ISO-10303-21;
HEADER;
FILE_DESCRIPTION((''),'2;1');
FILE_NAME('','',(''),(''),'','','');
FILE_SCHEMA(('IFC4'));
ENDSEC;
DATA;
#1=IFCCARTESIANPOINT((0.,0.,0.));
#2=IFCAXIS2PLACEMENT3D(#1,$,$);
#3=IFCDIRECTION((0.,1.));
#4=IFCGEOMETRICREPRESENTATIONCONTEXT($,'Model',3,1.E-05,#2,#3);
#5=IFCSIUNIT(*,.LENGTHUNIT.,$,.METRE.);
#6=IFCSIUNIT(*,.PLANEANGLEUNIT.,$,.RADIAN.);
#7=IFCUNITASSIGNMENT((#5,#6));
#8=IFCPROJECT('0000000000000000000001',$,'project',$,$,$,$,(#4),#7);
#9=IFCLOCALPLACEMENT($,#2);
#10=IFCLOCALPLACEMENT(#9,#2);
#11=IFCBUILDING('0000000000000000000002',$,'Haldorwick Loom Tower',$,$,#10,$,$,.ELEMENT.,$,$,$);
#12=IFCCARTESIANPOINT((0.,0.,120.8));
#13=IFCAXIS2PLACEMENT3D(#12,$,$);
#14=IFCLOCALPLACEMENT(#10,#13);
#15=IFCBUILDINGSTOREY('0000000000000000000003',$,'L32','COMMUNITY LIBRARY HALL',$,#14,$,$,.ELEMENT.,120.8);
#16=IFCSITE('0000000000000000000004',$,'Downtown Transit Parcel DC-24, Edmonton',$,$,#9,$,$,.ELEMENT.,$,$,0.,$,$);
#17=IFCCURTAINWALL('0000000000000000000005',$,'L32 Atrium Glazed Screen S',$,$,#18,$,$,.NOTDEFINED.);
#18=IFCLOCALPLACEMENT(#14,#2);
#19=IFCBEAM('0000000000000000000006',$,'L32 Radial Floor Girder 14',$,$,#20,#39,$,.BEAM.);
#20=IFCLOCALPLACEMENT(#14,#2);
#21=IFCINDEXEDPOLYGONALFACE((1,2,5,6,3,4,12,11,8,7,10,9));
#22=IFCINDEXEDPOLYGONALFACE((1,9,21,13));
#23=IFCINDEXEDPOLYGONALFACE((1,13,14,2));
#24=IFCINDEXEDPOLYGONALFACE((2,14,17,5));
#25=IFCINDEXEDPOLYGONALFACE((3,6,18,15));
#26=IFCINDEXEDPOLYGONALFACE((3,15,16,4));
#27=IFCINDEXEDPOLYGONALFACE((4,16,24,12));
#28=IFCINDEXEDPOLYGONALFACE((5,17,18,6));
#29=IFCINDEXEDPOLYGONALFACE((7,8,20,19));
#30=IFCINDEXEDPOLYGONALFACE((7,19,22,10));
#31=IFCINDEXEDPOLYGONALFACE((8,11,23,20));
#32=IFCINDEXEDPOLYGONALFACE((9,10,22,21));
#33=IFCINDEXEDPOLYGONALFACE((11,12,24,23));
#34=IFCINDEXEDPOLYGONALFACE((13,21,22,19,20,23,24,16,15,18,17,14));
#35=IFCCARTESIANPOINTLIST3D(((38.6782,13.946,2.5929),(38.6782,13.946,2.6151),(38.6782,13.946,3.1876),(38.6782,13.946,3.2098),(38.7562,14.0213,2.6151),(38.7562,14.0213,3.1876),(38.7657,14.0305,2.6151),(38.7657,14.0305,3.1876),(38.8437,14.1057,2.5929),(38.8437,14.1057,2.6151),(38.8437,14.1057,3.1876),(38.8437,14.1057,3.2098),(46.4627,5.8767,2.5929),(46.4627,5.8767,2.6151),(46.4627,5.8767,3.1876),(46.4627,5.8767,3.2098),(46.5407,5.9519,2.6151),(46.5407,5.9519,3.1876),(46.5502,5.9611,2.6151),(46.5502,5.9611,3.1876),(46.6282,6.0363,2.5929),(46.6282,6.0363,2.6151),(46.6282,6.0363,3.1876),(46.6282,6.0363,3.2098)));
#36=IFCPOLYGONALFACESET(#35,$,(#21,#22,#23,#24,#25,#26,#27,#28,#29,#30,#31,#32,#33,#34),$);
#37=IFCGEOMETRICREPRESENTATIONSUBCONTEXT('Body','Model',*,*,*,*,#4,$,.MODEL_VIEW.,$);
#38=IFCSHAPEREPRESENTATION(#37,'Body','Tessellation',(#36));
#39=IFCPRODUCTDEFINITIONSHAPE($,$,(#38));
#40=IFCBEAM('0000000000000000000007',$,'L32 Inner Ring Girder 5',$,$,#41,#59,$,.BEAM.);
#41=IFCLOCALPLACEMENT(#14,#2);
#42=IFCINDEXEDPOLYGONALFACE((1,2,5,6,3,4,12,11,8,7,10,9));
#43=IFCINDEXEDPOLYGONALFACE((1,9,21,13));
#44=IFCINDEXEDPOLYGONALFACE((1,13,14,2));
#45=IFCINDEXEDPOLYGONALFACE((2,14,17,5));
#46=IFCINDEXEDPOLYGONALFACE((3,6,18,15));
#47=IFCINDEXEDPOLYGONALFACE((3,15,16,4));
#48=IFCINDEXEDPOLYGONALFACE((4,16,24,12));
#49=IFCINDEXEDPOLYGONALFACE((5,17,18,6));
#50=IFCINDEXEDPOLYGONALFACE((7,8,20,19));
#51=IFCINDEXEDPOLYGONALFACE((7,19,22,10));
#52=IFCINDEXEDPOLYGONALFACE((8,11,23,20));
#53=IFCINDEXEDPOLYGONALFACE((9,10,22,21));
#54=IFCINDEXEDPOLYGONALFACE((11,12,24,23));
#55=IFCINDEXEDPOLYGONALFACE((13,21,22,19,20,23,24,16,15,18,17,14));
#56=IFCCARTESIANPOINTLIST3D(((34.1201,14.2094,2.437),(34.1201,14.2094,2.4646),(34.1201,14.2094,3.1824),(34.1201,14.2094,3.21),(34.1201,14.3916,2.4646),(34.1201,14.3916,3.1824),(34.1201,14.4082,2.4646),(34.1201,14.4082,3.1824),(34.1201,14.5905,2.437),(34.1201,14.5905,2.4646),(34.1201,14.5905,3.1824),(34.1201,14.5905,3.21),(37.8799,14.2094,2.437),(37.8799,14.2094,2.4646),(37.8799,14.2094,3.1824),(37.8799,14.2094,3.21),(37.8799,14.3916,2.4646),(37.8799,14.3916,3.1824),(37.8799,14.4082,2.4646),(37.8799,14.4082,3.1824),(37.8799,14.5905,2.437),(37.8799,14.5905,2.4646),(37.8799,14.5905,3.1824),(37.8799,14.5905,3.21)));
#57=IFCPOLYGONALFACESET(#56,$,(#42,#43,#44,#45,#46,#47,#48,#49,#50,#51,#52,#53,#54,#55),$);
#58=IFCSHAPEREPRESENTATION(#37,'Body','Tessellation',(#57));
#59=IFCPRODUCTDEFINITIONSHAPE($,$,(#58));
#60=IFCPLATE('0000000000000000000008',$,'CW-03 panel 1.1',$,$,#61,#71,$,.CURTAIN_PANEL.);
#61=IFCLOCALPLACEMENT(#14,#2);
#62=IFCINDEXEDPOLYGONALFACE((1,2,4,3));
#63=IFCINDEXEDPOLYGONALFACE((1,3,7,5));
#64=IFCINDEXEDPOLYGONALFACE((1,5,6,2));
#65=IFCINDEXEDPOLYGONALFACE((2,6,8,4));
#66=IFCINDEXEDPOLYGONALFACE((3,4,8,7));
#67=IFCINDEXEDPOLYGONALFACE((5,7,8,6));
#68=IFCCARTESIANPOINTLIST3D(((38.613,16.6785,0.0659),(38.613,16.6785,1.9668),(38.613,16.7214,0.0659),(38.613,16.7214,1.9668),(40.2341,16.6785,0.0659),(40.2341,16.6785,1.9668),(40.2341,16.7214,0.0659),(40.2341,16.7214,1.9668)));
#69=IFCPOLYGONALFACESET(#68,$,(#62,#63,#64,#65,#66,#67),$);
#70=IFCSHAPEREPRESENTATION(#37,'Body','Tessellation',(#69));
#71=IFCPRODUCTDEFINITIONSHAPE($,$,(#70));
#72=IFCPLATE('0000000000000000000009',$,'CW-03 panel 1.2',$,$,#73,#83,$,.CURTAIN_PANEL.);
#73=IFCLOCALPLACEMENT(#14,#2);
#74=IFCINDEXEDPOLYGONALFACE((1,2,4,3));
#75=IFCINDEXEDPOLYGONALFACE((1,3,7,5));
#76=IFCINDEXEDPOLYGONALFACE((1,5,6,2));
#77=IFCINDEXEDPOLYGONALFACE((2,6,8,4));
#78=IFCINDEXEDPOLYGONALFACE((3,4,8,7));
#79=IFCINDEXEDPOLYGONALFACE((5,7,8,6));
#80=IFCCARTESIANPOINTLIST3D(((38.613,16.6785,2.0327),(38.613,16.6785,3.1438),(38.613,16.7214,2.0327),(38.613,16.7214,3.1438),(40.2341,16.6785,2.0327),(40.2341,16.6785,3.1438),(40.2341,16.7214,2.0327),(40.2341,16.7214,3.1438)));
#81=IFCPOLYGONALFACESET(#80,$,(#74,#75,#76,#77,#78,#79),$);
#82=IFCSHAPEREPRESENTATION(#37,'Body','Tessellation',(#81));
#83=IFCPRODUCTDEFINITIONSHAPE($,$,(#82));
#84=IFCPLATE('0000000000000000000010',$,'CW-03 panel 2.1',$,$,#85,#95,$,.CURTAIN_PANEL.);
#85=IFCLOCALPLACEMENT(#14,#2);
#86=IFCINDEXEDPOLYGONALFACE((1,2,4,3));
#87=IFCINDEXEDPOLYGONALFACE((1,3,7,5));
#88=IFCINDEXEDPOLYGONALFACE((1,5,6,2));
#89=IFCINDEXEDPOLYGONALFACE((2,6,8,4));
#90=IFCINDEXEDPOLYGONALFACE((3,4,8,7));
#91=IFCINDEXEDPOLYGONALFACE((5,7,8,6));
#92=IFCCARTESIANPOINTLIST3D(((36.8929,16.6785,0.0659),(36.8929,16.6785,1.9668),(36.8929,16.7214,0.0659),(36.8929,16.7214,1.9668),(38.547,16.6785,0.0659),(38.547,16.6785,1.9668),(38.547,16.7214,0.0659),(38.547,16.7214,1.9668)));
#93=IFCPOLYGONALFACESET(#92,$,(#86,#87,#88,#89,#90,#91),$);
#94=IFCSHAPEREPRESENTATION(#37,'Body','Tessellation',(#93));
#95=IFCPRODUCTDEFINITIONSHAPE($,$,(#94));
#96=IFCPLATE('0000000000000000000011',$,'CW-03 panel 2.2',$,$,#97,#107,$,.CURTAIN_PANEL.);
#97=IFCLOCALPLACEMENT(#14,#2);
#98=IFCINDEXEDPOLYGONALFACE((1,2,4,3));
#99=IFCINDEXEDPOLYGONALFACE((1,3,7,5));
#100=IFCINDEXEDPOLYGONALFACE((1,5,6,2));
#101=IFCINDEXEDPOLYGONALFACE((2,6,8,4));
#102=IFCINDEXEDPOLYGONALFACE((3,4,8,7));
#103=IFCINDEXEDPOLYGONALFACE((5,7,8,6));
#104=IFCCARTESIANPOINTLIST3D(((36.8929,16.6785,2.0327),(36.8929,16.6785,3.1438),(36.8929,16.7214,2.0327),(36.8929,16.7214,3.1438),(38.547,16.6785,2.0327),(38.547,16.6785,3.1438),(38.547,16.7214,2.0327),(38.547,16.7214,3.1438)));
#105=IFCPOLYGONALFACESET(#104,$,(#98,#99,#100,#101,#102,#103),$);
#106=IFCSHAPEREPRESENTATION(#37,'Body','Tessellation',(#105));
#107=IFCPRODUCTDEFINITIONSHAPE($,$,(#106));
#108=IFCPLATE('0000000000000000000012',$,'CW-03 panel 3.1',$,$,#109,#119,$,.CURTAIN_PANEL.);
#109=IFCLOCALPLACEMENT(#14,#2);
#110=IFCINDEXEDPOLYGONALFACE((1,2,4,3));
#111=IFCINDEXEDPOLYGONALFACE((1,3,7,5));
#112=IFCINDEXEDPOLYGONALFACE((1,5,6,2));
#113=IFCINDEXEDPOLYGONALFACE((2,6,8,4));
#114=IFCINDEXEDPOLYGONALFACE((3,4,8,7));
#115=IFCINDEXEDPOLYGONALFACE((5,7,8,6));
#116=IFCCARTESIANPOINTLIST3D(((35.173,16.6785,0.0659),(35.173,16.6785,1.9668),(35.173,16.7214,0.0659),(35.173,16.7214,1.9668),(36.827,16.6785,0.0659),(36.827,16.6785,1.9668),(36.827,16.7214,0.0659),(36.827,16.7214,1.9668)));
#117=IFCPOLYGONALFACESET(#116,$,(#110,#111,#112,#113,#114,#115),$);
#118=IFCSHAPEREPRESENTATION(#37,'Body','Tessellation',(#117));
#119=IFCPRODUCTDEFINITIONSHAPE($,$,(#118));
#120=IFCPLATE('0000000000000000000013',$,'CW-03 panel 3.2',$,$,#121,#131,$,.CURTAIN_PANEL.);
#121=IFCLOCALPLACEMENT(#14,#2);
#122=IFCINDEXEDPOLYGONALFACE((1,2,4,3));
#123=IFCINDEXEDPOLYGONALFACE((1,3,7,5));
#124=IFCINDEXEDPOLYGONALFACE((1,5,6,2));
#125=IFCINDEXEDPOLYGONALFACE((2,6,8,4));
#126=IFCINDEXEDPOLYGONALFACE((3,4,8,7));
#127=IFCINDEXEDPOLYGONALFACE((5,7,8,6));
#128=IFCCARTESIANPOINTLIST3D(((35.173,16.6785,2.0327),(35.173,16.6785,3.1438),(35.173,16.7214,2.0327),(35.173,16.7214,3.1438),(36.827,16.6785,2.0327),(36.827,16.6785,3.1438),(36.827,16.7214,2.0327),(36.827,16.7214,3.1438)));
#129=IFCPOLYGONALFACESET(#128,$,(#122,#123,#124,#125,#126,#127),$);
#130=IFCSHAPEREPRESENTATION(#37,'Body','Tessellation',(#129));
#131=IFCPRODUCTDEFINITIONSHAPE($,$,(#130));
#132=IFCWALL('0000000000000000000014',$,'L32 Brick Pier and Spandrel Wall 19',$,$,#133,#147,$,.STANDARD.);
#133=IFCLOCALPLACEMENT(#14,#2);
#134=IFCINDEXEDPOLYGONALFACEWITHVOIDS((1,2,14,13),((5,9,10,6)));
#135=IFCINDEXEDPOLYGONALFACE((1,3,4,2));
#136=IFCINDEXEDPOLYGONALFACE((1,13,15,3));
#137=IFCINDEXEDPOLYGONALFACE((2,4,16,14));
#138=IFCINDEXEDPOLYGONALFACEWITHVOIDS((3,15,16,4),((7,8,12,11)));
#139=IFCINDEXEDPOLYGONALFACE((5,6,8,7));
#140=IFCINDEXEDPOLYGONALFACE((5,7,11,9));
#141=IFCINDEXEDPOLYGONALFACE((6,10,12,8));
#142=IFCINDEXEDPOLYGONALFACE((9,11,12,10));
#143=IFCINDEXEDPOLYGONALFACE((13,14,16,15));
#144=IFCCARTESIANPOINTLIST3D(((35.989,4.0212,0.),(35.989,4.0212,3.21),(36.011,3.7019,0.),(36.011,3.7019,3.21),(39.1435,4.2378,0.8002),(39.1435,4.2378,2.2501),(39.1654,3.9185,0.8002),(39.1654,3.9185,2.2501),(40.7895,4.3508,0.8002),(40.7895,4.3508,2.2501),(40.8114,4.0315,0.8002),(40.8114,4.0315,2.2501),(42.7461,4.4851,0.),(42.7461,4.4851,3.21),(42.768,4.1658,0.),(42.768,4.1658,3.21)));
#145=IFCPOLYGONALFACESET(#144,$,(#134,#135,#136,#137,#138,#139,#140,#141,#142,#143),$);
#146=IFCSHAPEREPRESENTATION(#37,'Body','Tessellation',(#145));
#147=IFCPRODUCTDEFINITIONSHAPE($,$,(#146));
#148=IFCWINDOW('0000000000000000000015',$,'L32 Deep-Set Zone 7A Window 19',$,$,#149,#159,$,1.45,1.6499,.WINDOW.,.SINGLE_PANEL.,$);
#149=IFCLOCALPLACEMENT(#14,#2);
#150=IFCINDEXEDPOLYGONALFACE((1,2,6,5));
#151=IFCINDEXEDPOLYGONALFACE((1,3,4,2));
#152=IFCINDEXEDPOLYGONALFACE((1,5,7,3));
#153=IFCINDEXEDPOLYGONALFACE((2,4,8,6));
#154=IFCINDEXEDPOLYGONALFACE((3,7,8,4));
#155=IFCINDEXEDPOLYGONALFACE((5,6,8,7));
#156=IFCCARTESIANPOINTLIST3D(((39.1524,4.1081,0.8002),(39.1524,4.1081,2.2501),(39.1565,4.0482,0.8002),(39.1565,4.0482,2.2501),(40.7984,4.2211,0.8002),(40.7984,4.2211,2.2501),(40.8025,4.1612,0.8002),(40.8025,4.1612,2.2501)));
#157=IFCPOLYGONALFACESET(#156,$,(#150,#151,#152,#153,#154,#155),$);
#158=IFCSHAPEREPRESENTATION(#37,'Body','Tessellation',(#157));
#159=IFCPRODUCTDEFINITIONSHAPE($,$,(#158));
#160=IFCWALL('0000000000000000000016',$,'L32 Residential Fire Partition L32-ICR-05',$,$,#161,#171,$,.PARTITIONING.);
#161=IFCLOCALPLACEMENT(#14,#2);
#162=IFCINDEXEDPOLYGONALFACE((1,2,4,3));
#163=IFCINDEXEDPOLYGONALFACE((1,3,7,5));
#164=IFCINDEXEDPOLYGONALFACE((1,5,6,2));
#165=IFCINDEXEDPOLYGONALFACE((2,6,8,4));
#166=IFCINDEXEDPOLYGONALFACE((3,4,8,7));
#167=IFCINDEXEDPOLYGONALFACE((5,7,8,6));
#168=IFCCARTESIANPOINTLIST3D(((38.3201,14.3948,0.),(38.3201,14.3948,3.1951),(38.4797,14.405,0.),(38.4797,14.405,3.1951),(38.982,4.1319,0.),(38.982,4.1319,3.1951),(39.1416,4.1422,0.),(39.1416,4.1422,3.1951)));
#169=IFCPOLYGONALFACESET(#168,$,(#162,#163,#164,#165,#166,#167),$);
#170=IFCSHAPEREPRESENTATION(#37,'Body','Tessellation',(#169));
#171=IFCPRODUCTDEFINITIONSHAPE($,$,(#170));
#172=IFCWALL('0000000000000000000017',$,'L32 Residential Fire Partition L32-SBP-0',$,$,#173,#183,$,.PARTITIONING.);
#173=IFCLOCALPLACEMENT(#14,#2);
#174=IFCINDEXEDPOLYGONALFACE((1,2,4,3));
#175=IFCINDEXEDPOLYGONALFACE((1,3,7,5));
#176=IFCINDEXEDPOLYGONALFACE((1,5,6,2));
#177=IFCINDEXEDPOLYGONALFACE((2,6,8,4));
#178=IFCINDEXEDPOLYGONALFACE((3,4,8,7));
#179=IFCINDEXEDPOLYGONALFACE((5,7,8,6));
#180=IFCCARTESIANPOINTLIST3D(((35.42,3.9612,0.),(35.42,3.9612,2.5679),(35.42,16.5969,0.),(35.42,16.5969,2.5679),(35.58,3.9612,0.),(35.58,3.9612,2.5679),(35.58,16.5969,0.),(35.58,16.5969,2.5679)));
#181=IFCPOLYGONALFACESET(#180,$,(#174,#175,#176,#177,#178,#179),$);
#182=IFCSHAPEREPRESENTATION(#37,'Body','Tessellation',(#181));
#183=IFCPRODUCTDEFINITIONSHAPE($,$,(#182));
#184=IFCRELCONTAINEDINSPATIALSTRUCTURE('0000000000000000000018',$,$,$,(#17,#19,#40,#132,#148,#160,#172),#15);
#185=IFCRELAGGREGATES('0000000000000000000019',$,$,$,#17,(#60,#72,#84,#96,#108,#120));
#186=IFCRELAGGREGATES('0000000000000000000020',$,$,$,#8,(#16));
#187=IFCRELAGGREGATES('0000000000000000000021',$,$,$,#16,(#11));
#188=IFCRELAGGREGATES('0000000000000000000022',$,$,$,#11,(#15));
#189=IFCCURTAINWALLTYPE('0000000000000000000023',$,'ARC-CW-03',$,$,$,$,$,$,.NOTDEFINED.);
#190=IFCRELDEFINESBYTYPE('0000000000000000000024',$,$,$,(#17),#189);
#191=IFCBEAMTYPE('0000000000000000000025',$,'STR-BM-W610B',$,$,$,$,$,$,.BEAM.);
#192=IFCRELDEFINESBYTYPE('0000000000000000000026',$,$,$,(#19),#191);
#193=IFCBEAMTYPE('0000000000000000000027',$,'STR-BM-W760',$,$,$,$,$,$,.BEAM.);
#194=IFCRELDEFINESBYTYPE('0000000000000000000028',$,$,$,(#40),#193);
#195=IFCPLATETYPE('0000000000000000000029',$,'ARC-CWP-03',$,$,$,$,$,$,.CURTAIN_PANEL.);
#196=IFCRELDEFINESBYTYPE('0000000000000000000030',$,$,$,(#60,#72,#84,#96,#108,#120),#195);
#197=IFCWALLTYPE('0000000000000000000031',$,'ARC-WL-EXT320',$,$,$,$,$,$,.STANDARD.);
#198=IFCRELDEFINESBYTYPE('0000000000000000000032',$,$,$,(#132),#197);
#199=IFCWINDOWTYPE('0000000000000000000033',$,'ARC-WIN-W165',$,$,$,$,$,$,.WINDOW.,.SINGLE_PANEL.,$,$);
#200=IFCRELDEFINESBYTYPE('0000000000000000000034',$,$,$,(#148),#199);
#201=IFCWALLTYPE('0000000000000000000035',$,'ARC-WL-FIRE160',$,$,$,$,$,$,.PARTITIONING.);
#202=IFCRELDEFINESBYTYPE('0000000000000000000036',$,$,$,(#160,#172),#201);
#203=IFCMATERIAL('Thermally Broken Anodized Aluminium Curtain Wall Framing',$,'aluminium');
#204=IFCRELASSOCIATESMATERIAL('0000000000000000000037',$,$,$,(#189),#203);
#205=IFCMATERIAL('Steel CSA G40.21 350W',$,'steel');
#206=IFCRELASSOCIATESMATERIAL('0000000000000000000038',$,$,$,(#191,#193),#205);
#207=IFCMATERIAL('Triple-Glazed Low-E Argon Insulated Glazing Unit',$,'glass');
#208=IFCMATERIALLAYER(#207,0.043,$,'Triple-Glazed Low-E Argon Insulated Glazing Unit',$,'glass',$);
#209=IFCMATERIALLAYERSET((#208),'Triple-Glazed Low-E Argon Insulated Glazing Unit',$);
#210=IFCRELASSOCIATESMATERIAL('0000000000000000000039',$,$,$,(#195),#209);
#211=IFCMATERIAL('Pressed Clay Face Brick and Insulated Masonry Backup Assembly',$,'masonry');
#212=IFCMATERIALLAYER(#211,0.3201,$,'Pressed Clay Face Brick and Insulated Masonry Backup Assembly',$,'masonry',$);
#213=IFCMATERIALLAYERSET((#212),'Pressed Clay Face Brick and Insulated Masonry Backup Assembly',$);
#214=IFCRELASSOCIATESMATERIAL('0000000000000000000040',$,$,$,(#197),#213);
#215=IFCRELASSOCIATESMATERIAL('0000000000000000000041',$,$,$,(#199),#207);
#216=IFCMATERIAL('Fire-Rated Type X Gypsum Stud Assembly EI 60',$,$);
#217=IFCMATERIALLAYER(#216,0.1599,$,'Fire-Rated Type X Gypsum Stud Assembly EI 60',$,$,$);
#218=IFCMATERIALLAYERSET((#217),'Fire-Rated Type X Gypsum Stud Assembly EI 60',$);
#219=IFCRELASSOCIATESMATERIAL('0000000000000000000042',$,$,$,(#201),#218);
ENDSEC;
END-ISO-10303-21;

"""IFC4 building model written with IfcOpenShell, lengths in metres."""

from ifc_helpers import new_model, si_unit, direction, frame, frame_2d, origin, origin_2d, place, context, subcontext, project, spatial, rectangle, i_section, extrude, material, layer, layer_set, material_profile, profile_set, type_object, element, fill, aggregate, save


model = new_model("IFC4")

# Units and contexts
model_context = context("Model", 3, precision=1e-05, world=origin(), true_north=direction((0.0, 1.0)))
body_context = subcontext(model_context, "Body", "Model", "MODEL_VIEW")
ifc_project = project(units=[si_unit("LENGTHUNIT", "METRE"), si_unit("PLANEANGLEUNIT", "RADIAN")], contexts=[model_context])

# Site, building, storey
site_placement = place(None, origin())
site = spatial("IfcSite", under=ifc_project, at=site_placement, Name="Downtown Transit Parcel DC-24, Edmonton", CompositionType="ELEMENT", RefElevation=0.0)
building_placement = place(site_placement, origin())
building = spatial("IfcBuilding", under=site, at=building_placement, Name="Haldorwick Loom Tower", CompositionType="ELEMENT")
storey_placement = place(building_placement, frame((0.0, 0.0, 120.8)))
storey = spatial("IfcBuildingStorey", under=building, at=storey_placement, Name="L32", Description="COMMUNITY LIBRARY HALL", CompositionType="ELEMENT", Elevation=120.8)

# Curtain wall
ifc_material_1 = material(Name="Thermally Broken Anodized Aluminium Curtain Wall Framing", Category="aluminium")
curtain_wall_type = type_object("IfcCurtainWallType", Name="ARC-CW-03", PredefinedType="NOTDEFINED", material=ifc_material_1)
curtain_wall_placement = place(storey_placement, origin())
curtain_wall = element("IfcCurtainWall", 1, at=curtain_wall_placement, inside=storey, type_object=curtain_wall_type, Name="L32 Atrium Glazed Screen S", PredefinedType="NOTDEFINED")

# Beams
ifc_material_2 = material(Name="Steel CSA G40.21 350W", Category="steel")
ifc_material_profile_1 = material_profile(ifc_material_2, i_section(OverallWidth=0.23, OverallDepth=0.6169, WebThickness=0.0132, FlangeThickness=0.0222, at=origin_2d()), Name="W610X140", Category="steel")
ifc_profile_set_1 = profile_set([ifc_material_profile_1], Name="Steel CSA G40.21 350W")
beam_type_1 = type_object("IfcBeamType", Name="STR-BM-W610B", PredefinedType="BEAM", material=ifc_profile_set_1)
beam_1_placement = place(storey_placement, frame((38.761, 14.0259, 2.9014), z_axis=(0.694287, -0.719698, 0.0), x_axis=(0.719698, 0.694287, 0.0)))
element("IfcBeam", 2, at=beam_1_placement, inside=storey, type_object=beam_type_1, Name="L32 Radial Floor Girder 14", PredefinedType="BEAM", context=body_context, shape_type="SweptSolid", body=[
    extrude(i_section(OverallWidth=0.23, OverallDepth=0.6169, WebThickness=0.0132, FlangeThickness=0.0222, at=origin_2d()), origin(), (0.0, 0.0, 1.0), 11.2122),
])
ifc_material_profile_2 = material_profile(ifc_material_2, i_section(OverallWidth=0.3811, OverallDepth=0.7729, WebThickness=0.0166, FlangeThickness=0.0276, at=origin_2d()), Name="W760X257", Category="steel")
ifc_profile_set_2 = profile_set([ifc_material_profile_2], Name="Steel CSA G40.21 350W")
beam_type_2 = type_object("IfcBeamType", Name="STR-BM-W760", PredefinedType="BEAM", material=ifc_profile_set_2)
beam_2_placement = place(storey_placement, frame((37.8799, 14.3999, 2.8235), z_axis=(-1.0, 0.0, 0.0), x_axis=(0.0, -1.0, 0.0)))
element("IfcBeam", 3, at=beam_2_placement, inside=storey, type_object=beam_type_2, Name="L32 Inner Ring Girder 5", PredefinedType="BEAM", context=body_context, shape_type="SweptSolid", body=[
    extrude(i_section(OverallWidth=0.3811, OverallDepth=0.7729, WebThickness=0.0166, FlangeThickness=0.0276, at=origin_2d()), origin(), (0.0, 0.0, 1.0), 3.7598),
])

# Plates
ifc_material_3 = material(Name="Triple-Glazed Low-E Argon Insulated Glazing Unit", Category="glass")
ifc_layer_1 = layer(ifc_material_3, 0.043, Name="Triple-Glazed Low-E Argon Insulated Glazing Unit", Category="glass")
ifc_layer_set_1 = layer_set([ifc_layer_1], Name="Triple-Glazed Low-E Argon Insulated Glazing Unit")
plate_type = type_object("IfcPlateType", Name="ARC-CWP-03", PredefinedType="CURTAIN_PANEL", material=ifc_layer_set_1)
plate_1_placement = place(storey_placement, frame((39.4236, 16.7, 0.0659), z_axis=(0.0, 0.0, 1.0), x_axis=(-1.0, 0.0, 0.0)))
plate_1 = element("IfcPlate", 4, at=plate_1_placement, type_object=plate_type, Name="CW-03 panel 1.1", PredefinedType="CURTAIN_PANEL", context=body_context, shape_type="SweptSolid", body=[
    extrude(rectangle(XDim=1.6211, YDim=0.043, at=origin_2d()), origin(), (0.0, 0.0, 1.0), 1.9009),
])
plate_2_placement = place(storey_placement, frame((39.4236, 16.7, 2.0327), z_axis=(0.0, 0.0, 1.0), x_axis=(-1.0, 0.0, 0.0)))
plate_2 = element("IfcPlate", 5, at=plate_2_placement, type_object=plate_type, Name="CW-03 panel 1.2", PredefinedType="CURTAIN_PANEL", context=body_context, shape_type="SweptSolid", body=[
    extrude(rectangle(XDim=1.6211, YDim=0.043, at=origin_2d()), origin(), (0.0, 0.0, 1.0), 1.1111),
])
plate_3_placement = place(storey_placement, frame((37.72, 16.7, 0.0659), z_axis=(0.0, 0.0, 1.0), x_axis=(-1.0, 0.0, 0.0)))
plate_3 = element("IfcPlate", 6, at=plate_3_placement, type_object=plate_type, Name="CW-03 panel 2.1", PredefinedType="CURTAIN_PANEL", context=body_context, shape_type="SweptSolid", body=[
    extrude(rectangle(XDim=1.6541, YDim=0.043, at=origin_2d()), origin(), (0.0, 0.0, 1.0), 1.9009),
])
plate_4_placement = place(storey_placement, frame((37.72, 16.7, 2.0327), z_axis=(0.0, 0.0, 1.0), x_axis=(-1.0, 0.0, 0.0)))
plate_4 = element("IfcPlate", 7, at=plate_4_placement, type_object=plate_type, Name="CW-03 panel 2.2", PredefinedType="CURTAIN_PANEL", context=body_context, shape_type="SweptSolid", body=[
    extrude(rectangle(XDim=1.6541, YDim=0.043, at=origin_2d()), origin(), (0.0, 0.0, 1.0), 1.1111),
])
plate_5_placement = place(storey_placement, frame((36.0, 16.7, 0.0659), z_axis=(0.0, 0.0, 1.0), x_axis=(-1.0, 0.0, 0.0)))
plate_5 = element("IfcPlate", 8, at=plate_5_placement, type_object=plate_type, Name="CW-03 panel 3.1", PredefinedType="CURTAIN_PANEL", context=body_context, shape_type="SweptSolid", body=[
    extrude(rectangle(XDim=1.6541, YDim=0.043, at=origin_2d()), origin(), (0.0, 0.0, 1.0), 1.9009),
])
plate_6_placement = place(storey_placement, frame((36.0, 16.7, 2.0327), z_axis=(0.0, 0.0, 1.0), x_axis=(-1.0, 0.0, 0.0)))
plate_6 = element("IfcPlate", 9, at=plate_6_placement, type_object=plate_type, Name="CW-03 panel 3.2", PredefinedType="CURTAIN_PANEL", context=body_context, shape_type="SweptSolid", body=[
    extrude(rectangle(XDim=1.6541, YDim=0.043, at=origin_2d()), origin(), (0.0, 0.0, 1.0), 1.1111),
])
aggregate(curtain_wall, [plate_1, plate_2, plate_3, plate_4, plate_5, plate_6])

# Wall, opening, window
ifc_material_4 = material(Name="Pressed Clay Face Brick and Insulated Masonry Backup Assembly", Category="masonry")
ifc_layer_2 = layer(ifc_material_4, 0.3201, Name="Pressed Clay Face Brick and Insulated Masonry Backup Assembly", Category="masonry")
ifc_layer_set_2 = layer_set([ifc_layer_2], Name="Pressed Clay Face Brick and Insulated Masonry Backup Assembly")
wall_type_1 = type_object("IfcWallType", Name="ARC-WL-EXT320", PredefinedType="STANDARD", material=ifc_layer_set_2)
wall_1_placement = place(storey_placement, frame((36.0, 3.8616, 0.0), z_axis=(0.0, 0.0, 1.0), x_axis=(0.997652, 0.068488, 0.0)))
wall_1 = element("IfcWall", 10, at=wall_1_placement, inside=storey, type_object=wall_type_1, Name="L32 Brick Pier and Spandrel Wall 19", PredefinedType="STANDARD", context=body_context, shape_type="SweptSolid", body=[
    extrude(rectangle(XDim=6.7729, YDim=0.3201, at=frame_2d((3.3865, 0.0))), origin(), (0.0, 0.0, 1.0), 3.21),
])
opening_placement = place(wall_1_placement, frame((3.1619, 0.0, 0.8)))
opening = element("IfcOpeningElement", 11, at=opening_placement, cuts=wall_1, PredefinedType="OPENING", context=body_context, shape_type="SweptSolid", body=[
    extrude(rectangle(XDim=1.6499, YDim=1.45, at=frame_2d((0.825, 0.7251))), frame((0.0, 0.1699, 0.0), z_axis=(0.0, -1.0, 0.0), x_axis=(1.0, 0.0, 0.0)), (0.0, 0.0, 1.0), 0.3401),
])
window_type = type_object("IfcWindowType", Name="ARC-WIN-W165", PartitioningType="SINGLE_PANEL", PredefinedType="WINDOW", material=ifc_material_3)
window_placement = place(opening_placement, origin())
window = element("IfcWindow", 12, at=window_placement, inside=storey, type_object=window_type, Name="L32 Deep-Set Zone 7A Window 19", OverallHeight=1.45, OverallWidth=1.6499, PartitioningType="SINGLE_PANEL", PredefinedType="WINDOW", context=body_context, shape_type="SweptSolid", body=[
    extrude(rectangle(XDim=1.6499, YDim=1.45, at=frame_2d((0.825, 0.7251))), frame((0.0, 0.03, 0.0), z_axis=(0.0, -1.0, 0.0), x_axis=(1.0, 0.0, 0.0)), (0.0, 0.0, 1.0), 0.0601),
])
fill(opening, window)

# Walls
ifc_material_5 = material(Name="Fire-Rated Type X Gypsum Stud Assembly EI 60")
ifc_layer_3 = layer(ifc_material_5, 0.1599, Name="Fire-Rated Type X Gypsum Stud Assembly EI 60")
ifc_layer_set_3 = layer_set([ifc_layer_3], Name="Fire-Rated Type X Gypsum Stud Assembly EI 60")
wall_type_2 = type_object("IfcWallType", Name="ARC-WL-FIRE160", PredefinedType="PARTITIONING", material=ifc_layer_set_3)
wall_2_placement = place(storey_placement, frame((38.3999, 14.3999, 0.0), z_axis=(0.0, 0.0, 1.0), x_axis=(0.064357, -0.997927, 0.0)))
element("IfcWall", 13, at=wall_2_placement, inside=storey, type_object=wall_type_2, Name="L32 Residential Fire Partition L32-ICR-05", PredefinedType="PARTITIONING", context=body_context, shape_type="SweptSolid", body=[
    extrude(rectangle(XDim=10.2842, YDim=0.1599, at=frame_2d((5.1421, 0.0))), origin(), (0.0, 0.0, 1.0), 3.1951),
])
wall_3_placement = place(storey_placement, frame((35.5, 3.9612, 0.0), z_axis=(0.0, 0.0, 1.0), x_axis=(0.0, 1.0, 0.0)))
element("IfcWall", 14, at=wall_3_placement, inside=storey, type_object=wall_type_2, Name="L32 Residential Fire Partition L32-SBP-0", PredefinedType="PARTITIONING", context=body_context, shape_type="SweptSolid", body=[
    extrude(rectangle(XDim=12.6357, YDim=0.1599, at=frame_2d((6.3179, 0.0))), origin(), (0.0, 0.0, 1.0), 2.5679),
])

save(model, "model.ifc")
